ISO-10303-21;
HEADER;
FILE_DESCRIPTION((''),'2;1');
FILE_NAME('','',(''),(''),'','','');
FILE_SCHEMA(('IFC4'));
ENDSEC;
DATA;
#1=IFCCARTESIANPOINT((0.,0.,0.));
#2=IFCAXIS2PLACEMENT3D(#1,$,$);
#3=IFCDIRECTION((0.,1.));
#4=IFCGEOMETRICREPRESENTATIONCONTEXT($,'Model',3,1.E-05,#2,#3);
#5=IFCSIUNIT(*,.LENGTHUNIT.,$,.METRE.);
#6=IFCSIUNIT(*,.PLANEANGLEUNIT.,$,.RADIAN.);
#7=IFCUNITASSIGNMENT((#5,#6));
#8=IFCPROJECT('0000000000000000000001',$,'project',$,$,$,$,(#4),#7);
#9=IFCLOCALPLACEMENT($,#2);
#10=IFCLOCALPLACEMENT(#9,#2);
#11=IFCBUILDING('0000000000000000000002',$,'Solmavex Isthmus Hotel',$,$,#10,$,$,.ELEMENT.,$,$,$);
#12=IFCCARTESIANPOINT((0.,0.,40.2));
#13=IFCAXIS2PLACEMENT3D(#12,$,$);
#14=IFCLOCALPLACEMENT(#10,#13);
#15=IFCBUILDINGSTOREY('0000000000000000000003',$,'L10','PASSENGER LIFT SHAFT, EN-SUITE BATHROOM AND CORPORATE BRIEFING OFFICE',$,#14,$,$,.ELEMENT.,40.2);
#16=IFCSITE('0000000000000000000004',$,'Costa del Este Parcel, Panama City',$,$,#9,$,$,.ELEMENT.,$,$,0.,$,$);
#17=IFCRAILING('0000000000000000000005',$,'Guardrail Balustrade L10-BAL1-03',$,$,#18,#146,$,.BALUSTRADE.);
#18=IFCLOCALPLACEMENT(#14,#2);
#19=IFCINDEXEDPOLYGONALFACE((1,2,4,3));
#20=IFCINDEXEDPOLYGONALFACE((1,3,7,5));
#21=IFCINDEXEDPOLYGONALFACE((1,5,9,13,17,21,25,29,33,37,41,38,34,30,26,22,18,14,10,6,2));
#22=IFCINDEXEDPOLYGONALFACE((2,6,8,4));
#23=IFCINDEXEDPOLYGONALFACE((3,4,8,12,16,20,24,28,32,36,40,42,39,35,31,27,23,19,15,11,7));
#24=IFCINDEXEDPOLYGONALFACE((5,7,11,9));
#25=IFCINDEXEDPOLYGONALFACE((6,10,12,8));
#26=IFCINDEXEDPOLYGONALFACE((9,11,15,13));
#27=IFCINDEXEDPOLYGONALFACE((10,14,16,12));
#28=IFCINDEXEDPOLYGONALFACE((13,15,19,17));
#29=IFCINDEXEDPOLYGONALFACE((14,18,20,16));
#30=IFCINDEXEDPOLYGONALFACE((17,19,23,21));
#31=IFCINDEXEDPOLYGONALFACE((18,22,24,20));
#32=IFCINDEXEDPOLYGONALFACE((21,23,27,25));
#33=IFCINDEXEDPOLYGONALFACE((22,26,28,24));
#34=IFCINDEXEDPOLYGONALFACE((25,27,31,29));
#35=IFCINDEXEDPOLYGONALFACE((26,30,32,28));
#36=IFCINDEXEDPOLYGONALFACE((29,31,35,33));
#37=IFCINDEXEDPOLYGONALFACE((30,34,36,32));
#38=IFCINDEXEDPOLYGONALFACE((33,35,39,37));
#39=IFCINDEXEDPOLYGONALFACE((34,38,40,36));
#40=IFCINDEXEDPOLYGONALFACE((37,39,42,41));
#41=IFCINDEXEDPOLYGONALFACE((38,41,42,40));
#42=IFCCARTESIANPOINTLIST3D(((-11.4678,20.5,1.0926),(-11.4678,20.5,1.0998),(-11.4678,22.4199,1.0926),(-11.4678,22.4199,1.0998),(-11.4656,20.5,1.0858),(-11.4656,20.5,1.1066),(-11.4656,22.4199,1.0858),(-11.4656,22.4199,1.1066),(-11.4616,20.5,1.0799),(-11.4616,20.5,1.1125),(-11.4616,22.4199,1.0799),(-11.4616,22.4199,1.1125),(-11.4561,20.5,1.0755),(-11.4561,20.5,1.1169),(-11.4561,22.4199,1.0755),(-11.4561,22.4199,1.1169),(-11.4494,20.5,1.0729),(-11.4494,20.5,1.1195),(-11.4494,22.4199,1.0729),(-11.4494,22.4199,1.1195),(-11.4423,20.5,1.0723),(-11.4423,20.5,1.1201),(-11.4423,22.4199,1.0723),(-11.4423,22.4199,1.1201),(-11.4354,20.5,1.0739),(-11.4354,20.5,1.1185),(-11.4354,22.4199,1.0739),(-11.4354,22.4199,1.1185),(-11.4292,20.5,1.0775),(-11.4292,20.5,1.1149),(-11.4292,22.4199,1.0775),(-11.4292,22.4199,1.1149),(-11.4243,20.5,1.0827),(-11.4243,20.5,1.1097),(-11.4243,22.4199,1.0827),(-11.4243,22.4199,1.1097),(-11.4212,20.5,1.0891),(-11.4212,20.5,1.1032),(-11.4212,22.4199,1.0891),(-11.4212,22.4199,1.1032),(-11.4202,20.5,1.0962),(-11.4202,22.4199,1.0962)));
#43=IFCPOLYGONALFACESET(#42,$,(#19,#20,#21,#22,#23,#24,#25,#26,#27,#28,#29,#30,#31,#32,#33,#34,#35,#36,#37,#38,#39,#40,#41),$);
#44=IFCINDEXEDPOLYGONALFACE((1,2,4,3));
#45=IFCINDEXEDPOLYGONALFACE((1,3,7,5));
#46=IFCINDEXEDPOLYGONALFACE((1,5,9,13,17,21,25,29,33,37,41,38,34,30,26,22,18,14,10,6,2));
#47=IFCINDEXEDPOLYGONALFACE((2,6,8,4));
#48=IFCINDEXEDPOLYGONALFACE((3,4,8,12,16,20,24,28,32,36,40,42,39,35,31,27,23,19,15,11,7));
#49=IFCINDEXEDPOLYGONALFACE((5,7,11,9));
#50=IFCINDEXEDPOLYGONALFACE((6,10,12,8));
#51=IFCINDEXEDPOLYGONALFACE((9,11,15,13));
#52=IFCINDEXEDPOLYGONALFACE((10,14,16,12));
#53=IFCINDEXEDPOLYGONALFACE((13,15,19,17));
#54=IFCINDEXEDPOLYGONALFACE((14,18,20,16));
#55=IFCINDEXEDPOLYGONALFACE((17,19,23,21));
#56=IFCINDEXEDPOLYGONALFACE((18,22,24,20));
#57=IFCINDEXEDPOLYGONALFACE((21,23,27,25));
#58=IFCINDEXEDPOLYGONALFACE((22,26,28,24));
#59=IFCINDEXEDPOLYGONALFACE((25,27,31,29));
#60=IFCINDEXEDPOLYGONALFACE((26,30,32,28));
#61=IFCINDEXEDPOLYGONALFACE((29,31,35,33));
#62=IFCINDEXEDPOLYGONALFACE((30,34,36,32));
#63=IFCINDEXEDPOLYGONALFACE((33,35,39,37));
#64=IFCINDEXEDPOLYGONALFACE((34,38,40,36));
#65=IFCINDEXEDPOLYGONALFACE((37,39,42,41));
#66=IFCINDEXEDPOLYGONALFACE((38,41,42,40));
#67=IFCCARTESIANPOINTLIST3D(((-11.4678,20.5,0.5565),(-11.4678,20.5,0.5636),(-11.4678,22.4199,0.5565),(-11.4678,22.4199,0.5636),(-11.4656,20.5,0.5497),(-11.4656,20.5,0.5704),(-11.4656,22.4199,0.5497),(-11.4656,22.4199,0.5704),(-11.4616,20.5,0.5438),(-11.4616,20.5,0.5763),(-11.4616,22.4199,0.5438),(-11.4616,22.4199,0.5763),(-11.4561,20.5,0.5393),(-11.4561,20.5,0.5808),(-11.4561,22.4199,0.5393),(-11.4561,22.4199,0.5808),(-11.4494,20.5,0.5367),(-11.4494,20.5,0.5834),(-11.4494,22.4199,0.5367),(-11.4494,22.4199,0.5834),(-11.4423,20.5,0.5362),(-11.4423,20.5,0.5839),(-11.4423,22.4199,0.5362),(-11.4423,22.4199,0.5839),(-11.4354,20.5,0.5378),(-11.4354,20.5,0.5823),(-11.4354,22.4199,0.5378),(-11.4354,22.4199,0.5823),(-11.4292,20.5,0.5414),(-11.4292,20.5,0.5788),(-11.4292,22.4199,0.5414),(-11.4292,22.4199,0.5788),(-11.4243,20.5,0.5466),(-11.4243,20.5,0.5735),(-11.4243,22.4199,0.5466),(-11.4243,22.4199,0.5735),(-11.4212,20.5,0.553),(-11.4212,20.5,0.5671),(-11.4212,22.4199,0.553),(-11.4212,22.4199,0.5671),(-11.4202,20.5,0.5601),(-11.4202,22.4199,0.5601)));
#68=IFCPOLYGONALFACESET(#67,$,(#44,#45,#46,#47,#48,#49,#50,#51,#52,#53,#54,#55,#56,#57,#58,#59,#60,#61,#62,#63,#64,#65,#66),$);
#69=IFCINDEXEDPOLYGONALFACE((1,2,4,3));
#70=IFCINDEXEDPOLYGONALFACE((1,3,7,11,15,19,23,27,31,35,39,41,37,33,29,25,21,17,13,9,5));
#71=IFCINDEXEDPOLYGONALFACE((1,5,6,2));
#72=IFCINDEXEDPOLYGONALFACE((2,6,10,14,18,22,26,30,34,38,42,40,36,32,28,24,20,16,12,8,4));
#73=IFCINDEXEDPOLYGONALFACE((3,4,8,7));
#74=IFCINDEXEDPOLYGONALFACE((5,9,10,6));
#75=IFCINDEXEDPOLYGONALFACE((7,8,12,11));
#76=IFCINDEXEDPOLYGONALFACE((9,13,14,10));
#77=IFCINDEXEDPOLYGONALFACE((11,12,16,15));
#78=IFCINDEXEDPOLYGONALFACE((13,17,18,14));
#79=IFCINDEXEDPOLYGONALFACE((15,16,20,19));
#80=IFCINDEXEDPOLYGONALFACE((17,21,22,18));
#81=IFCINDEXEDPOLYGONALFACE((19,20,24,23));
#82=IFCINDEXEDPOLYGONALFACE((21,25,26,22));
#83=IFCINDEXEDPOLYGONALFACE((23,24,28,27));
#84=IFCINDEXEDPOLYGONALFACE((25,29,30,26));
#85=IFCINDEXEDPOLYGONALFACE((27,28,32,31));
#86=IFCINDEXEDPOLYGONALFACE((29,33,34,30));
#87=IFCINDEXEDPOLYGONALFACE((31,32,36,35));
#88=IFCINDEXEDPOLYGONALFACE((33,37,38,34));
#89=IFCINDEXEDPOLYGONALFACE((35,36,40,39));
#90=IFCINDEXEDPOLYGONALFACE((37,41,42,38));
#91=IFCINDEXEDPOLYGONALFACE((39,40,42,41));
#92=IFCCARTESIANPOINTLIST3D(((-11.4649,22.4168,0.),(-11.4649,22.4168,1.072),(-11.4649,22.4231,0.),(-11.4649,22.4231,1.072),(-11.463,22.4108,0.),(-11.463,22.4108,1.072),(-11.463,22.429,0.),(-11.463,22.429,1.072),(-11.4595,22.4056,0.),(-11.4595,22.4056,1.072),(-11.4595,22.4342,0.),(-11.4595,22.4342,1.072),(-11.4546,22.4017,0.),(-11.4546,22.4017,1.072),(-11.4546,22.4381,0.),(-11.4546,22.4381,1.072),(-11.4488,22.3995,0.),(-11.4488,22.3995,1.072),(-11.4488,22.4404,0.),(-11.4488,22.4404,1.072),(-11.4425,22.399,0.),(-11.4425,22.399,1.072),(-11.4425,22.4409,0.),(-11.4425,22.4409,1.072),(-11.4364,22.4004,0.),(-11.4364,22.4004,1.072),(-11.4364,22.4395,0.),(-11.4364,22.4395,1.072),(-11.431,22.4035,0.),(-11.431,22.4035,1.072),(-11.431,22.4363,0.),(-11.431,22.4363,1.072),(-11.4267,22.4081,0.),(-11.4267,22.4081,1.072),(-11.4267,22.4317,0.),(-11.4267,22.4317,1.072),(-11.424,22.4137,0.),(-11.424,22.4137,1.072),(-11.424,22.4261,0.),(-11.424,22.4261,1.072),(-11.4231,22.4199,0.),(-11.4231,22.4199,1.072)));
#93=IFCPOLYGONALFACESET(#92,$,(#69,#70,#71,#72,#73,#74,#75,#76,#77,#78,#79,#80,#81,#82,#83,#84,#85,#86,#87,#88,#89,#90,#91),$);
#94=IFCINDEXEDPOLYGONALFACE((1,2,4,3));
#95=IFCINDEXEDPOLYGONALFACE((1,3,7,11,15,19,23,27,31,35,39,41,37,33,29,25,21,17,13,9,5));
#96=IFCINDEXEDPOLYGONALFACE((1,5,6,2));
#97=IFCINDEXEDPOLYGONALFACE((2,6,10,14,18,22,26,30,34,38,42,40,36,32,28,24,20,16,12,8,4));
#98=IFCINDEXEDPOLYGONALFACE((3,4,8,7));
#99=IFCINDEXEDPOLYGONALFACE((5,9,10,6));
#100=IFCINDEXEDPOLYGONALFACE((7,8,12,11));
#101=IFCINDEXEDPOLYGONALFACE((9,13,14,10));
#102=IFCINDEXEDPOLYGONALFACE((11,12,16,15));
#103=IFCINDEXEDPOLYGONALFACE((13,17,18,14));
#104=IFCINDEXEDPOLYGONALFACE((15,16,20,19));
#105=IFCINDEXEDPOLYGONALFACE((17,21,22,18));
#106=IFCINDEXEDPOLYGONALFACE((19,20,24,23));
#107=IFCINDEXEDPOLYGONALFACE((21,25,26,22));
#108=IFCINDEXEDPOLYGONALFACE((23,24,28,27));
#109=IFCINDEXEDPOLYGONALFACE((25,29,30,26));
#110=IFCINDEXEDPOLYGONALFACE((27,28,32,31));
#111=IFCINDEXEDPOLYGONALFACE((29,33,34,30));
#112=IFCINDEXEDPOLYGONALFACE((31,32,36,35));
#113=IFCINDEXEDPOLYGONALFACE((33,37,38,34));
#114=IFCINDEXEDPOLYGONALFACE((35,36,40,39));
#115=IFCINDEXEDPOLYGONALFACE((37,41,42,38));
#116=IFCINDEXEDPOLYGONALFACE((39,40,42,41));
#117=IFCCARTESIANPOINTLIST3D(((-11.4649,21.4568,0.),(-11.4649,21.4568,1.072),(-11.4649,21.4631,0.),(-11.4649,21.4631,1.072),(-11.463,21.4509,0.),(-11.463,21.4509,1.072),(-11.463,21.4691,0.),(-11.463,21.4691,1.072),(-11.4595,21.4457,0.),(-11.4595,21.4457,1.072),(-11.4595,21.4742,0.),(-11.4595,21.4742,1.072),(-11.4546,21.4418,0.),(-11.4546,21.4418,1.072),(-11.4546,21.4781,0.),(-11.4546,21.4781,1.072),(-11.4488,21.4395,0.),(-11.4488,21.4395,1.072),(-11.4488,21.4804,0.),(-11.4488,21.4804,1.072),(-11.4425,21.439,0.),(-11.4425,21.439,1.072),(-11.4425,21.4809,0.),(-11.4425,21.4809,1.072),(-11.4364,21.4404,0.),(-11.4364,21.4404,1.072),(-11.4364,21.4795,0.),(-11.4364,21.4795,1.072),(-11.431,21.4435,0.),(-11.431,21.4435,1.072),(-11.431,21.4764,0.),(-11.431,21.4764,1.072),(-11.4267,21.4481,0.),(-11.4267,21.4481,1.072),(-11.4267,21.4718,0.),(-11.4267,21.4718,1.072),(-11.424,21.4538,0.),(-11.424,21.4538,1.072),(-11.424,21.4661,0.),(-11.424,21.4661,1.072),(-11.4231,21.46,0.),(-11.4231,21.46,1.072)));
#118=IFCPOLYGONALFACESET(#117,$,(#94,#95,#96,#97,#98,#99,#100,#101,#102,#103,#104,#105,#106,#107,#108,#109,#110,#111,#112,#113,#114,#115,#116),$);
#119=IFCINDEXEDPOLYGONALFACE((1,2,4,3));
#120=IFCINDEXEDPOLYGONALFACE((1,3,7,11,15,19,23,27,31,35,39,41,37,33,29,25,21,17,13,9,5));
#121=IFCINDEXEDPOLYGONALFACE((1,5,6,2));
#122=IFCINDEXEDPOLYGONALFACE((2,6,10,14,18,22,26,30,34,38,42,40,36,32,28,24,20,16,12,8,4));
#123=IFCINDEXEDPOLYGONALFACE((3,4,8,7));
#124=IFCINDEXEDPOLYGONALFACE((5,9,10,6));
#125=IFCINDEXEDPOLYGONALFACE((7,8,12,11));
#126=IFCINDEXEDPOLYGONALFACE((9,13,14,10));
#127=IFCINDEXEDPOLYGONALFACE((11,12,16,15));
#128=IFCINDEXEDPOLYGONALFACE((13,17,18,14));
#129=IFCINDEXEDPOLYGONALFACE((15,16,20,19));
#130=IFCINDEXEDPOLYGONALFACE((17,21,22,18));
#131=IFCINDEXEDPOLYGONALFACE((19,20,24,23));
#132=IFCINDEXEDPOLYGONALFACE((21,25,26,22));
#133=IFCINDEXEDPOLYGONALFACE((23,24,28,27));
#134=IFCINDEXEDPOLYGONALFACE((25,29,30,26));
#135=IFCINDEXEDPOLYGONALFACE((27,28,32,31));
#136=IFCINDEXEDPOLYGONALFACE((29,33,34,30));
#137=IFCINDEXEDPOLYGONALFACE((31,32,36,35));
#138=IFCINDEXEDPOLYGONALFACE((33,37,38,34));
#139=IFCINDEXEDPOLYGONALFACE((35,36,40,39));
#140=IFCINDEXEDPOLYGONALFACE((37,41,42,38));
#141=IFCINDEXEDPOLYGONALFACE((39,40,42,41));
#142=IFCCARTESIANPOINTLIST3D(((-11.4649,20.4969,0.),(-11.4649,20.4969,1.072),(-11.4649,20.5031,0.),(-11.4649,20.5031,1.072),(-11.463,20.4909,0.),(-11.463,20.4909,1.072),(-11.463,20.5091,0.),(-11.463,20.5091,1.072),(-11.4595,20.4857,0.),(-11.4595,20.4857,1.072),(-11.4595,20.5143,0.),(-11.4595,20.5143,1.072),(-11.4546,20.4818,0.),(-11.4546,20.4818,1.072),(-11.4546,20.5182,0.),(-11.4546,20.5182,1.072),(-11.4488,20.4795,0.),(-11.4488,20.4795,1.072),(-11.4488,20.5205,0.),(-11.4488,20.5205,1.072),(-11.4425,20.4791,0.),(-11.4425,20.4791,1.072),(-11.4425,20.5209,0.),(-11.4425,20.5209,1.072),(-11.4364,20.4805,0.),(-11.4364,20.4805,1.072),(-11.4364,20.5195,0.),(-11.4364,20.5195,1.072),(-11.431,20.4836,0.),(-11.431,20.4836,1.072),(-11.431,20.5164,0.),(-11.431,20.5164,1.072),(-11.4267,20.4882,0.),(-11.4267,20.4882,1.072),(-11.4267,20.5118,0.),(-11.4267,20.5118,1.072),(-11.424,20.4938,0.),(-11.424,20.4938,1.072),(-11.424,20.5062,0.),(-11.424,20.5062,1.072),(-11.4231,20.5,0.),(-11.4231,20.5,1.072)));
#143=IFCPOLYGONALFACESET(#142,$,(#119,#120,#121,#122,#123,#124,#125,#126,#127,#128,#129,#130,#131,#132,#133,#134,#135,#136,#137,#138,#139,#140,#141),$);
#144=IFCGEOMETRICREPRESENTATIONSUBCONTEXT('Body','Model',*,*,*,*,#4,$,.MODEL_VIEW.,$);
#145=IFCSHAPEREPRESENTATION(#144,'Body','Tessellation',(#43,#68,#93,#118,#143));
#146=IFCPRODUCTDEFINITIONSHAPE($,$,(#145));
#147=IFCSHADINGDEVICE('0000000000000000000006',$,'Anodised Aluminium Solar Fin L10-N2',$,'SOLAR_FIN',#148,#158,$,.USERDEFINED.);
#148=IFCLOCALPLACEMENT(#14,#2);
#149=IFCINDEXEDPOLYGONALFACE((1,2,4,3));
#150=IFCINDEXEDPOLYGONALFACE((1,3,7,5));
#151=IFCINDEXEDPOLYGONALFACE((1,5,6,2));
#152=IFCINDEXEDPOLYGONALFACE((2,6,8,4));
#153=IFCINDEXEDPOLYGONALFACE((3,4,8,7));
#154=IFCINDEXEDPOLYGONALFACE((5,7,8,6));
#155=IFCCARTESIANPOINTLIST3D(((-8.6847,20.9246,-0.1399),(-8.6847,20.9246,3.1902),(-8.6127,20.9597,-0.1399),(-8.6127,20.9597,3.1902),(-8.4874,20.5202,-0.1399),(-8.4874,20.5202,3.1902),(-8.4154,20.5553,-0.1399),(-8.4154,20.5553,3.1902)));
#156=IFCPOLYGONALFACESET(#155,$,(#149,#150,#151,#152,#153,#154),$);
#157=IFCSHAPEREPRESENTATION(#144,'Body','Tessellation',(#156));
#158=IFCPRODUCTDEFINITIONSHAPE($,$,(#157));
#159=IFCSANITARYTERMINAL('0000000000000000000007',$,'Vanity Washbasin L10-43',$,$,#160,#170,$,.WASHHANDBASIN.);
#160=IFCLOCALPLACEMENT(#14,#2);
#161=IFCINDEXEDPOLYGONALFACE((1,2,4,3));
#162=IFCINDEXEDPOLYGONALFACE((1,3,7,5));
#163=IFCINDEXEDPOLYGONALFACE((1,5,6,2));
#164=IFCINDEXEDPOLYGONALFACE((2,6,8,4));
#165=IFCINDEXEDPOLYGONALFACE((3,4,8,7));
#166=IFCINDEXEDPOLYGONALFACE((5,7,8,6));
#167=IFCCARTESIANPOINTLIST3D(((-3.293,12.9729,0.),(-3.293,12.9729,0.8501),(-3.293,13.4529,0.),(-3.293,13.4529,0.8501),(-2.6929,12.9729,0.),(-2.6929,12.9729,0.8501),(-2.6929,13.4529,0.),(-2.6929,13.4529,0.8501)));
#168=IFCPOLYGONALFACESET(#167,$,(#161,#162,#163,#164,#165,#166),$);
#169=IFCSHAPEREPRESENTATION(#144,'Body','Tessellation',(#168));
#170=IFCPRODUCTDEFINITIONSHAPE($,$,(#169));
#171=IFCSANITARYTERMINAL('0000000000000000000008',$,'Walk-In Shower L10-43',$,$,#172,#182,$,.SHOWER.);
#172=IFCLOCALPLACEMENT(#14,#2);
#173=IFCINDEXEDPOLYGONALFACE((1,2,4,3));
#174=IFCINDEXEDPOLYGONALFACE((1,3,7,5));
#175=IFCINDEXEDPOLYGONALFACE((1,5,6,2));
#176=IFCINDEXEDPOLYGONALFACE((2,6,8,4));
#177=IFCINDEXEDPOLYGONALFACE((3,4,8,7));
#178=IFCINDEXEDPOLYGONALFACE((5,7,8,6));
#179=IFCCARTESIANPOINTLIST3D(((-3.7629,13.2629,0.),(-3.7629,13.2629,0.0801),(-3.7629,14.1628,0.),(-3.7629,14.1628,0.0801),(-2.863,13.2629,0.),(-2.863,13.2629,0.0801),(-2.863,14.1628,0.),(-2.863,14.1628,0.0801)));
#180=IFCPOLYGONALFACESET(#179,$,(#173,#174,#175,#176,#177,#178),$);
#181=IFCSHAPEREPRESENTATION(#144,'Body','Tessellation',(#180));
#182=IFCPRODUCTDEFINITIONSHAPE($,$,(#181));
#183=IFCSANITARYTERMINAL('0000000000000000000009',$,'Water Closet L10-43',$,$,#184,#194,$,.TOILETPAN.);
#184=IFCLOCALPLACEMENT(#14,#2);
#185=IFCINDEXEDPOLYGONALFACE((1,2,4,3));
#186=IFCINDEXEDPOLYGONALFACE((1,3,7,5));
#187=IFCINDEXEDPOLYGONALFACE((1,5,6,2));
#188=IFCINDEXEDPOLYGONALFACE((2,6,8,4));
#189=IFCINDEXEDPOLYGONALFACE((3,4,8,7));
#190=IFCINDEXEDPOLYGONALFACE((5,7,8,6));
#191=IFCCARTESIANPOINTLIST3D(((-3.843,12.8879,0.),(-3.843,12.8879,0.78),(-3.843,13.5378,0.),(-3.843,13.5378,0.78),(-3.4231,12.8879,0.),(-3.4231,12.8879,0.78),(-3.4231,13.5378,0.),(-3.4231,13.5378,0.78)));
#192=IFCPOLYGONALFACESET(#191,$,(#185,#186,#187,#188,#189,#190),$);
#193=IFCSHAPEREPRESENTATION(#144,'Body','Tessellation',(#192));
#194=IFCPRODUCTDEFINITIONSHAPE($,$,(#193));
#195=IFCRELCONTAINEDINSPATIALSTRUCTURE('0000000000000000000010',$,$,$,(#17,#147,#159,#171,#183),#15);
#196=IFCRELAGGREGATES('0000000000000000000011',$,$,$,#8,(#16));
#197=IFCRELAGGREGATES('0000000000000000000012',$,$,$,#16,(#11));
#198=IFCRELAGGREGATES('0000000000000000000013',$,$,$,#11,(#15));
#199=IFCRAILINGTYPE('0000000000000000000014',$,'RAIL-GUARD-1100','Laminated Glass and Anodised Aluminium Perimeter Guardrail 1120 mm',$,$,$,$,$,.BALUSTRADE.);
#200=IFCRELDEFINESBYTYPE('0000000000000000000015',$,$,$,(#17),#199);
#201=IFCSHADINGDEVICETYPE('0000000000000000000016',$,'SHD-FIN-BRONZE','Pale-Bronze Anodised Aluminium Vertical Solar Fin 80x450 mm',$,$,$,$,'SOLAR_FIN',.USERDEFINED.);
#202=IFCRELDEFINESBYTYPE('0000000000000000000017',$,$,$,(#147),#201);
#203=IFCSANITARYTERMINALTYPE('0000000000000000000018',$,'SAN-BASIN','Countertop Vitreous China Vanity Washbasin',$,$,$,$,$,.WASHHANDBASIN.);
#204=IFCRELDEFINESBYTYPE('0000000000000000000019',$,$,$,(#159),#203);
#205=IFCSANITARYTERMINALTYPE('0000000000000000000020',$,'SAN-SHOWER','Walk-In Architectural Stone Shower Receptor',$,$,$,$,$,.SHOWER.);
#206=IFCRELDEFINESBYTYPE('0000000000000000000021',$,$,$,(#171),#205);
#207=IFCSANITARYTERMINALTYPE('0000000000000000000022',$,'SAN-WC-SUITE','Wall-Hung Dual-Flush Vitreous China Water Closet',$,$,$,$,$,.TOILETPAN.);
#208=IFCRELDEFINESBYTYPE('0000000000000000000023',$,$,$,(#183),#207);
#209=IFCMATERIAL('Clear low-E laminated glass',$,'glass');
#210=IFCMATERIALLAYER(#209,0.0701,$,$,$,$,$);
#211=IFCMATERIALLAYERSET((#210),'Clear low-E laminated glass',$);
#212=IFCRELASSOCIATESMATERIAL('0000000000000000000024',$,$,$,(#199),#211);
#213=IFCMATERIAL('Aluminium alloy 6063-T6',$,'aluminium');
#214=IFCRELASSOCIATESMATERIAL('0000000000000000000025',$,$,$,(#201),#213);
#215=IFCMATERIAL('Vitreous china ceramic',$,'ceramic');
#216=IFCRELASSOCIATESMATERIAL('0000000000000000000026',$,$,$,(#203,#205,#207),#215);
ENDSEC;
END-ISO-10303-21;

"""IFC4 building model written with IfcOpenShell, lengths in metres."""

from ifc_helpers import new_model, si_unit, direction, frame, origin, origin_2d, place, context, subcontext, project, spatial, rectangle, circle, extrude, material, layer, layer_set, type_object, element, save


model = new_model("IFC4")

# Units and contexts
model_context = context("Model", 3, precision=1e-05, world=origin(), true_north=direction((0.0, 1.0)))
body_context = subcontext(model_context, "Body", "Model", "MODEL_VIEW")
ifc_project = project(units=[si_unit("LENGTHUNIT", "METRE"), si_unit("PLANEANGLEUNIT", "RADIAN")], contexts=[model_context])

# Site, building, storey
site_placement = place(None, origin())
site = spatial("IfcSite", under=ifc_project, at=site_placement, Name="Costa del Este Parcel, Panama City", CompositionType="ELEMENT", RefElevation=0.0)
building_placement = place(site_placement, origin())
building = spatial("IfcBuilding", under=site, at=building_placement, Name="Solmavex Isthmus Hotel", CompositionType="ELEMENT")
storey_placement = place(building_placement, frame((0.0, 0.0, 40.2)))
storey = spatial("IfcBuildingStorey", under=building, at=storey_placement, Name="L10", Description="PASSENGER LIFT SHAFT, EN-SUITE BATHROOM AND CORPORATE BRIEFING OFFICE", CompositionType="ELEMENT", Elevation=40.2)

# Shared definitions
ifc_material_1 = material(Name="Aluminium alloy 6063-T6", Category="aluminium")
ifc_material_2 = material(Name="Clear low-E laminated glass", Category="glass")

# Railing
ifc_layer_1 = layer(ifc_material_2, 0.0701)
ifc_layer_set_1 = layer_set([ifc_layer_1], Name="Clear low-E laminated glass")
railing_type = type_object("IfcRailingType", Name="RAIL-GUARD-1100", Description="Laminated Glass and Anodised Aluminium Perimeter Guardrail 1120 mm", PredefinedType="BALUSTRADE", material=ifc_layer_set_1)
railing_placement = place(storey_placement, frame((-11.4441, 22.4199, 0.0)))
element("IfcRailing", 1, at=railing_placement, inside=storey, type_object=railing_type, Name="Guardrail Balustrade L10-BAL1-03", PredefinedType="BALUSTRADE", context=body_context, shape_type="SweptSolid", body=[
    extrude(circle(Radius=0.0239, at=origin_2d()), frame((0.0, 0.0, 1.0962), z_axis=(0.0, -1.0, 0.0), x_axis=(1.0, 0.0, 0.0)), (0.0, 0.0, 1.0), 1.9199),
    extrude(circle(Radius=0.0239, at=origin_2d()), frame((0.0, 0.0, 0.5601), z_axis=(0.0, -1.0, 0.0), x_axis=(1.0, 0.0, 0.0)), (0.0, 0.0, 1.0), 1.9199),
    extrude(circle(Radius=0.021, at=origin_2d()), origin(), (0.0, 0.0, 1.0), 1.072),
    extrude(circle(Radius=0.021, at=origin_2d()), frame((0.0, -0.96, 0.0)), (0.0, 0.0, 1.0), 1.072),
    extrude(circle(Radius=0.021, at=origin_2d()), frame((0.0, -1.9199, 0.0)), (0.0, 0.0, 1.0), 1.072),
])

# Shading device
shading_device_type = type_object("IfcShadingDeviceType", Name="SHD-FIN-BRONZE", Description="Pale-Bronze Anodised Aluminium Vertical Solar Fin 80x450 mm", ElementType="SOLAR_FIN", PredefinedType="USERDEFINED", material=ifc_material_1)
shading_device_placement = place(storey_placement, frame((-8.55, 20.74, -0.1399), z_axis=(0.0, 0.0, 1.0), x_axis=(-0.438371, 0.898794, 0.0)))
element("IfcShadingDevice", 2, at=shading_device_placement, inside=storey, type_object=shading_device_type, Name="Anodised Aluminium Solar Fin L10-N2", ObjectType="SOLAR_FIN", PredefinedType="USERDEFINED", context=body_context, shape_type="SweptSolid", body=[
    extrude(rectangle(XDim=0.45, YDim=0.0801, at=origin_2d()), origin(), (0.0, 0.0, 1.0), 3.3301),
])

# Sanitary terminals
ifc_material_3 = material(Name="Vitreous china ceramic", Category="ceramic")
sanitary_terminal_type_1 = type_object("IfcSanitaryTerminalType", Name="SAN-BASIN", Description="Countertop Vitreous China Vanity Washbasin", PredefinedType="WASHHANDBASIN", material=ifc_material_3)
sanitary_terminal_1_placement = place(storey_placement, frame((-2.9929, 13.2129, 0.0), z_axis=(0.0, 0.0, 1.0), x_axis=(1.0, 0.0, 0.0)))
element("IfcSanitaryTerminal", 3, at=sanitary_terminal_1_placement, inside=storey, type_object=sanitary_terminal_type_1, Name="Vanity Washbasin L10-43", PredefinedType="WASHHANDBASIN", context=body_context, shape_type="SweptSolid", body=[
    extrude(rectangle(XDim=0.6001, YDim=0.48, at=origin_2d()), origin(), (0.0, 0.0, 1.0), 0.8501),
])
sanitary_terminal_type_2 = type_object("IfcSanitaryTerminalType", Name="SAN-SHOWER", Description="Walk-In Architectural Stone Shower Receptor", PredefinedType="SHOWER", material=ifc_material_3)
sanitary_terminal_2_placement = place(storey_placement, frame((-3.313, 13.7129, 0.0), z_axis=(0.0, 0.0, 1.0), x_axis=(1.0, 0.0, 0.0)))
element("IfcSanitaryTerminal", 4, at=sanitary_terminal_2_placement, inside=storey, type_object=sanitary_terminal_type_2, Name="Walk-In Shower L10-43", PredefinedType="SHOWER", context=body_context, shape_type="SweptSolid", body=[
    extrude(rectangle(XDim=0.8999, YDim=0.8999, at=origin_2d()), origin(), (0.0, 0.0, 1.0), 0.0801),
])
sanitary_terminal_type_3 = type_object("IfcSanitaryTerminalType", Name="SAN-WC-SUITE", Description="Wall-Hung Dual-Flush Vitreous China Water Closet", PredefinedType="TOILETPAN", material=ifc_material_3)
sanitary_terminal_3_placement = place(storey_placement, frame((-3.6331, 13.2129, 0.0), z_axis=(0.0, 0.0, 1.0), x_axis=(1.0, 0.0, 0.0)))
element("IfcSanitaryTerminal", 5, at=sanitary_terminal_3_placement, inside=storey, type_object=sanitary_terminal_type_3, Name="Water Closet L10-43", PredefinedType="TOILETPAN", context=body_context, shape_type="SweptSolid", body=[
    extrude(rectangle(XDim=0.4199, YDim=0.6499, at=origin_2d()), origin(), (0.0, 0.0, 1.0), 0.78),
])

save(model, "model.ifc")
